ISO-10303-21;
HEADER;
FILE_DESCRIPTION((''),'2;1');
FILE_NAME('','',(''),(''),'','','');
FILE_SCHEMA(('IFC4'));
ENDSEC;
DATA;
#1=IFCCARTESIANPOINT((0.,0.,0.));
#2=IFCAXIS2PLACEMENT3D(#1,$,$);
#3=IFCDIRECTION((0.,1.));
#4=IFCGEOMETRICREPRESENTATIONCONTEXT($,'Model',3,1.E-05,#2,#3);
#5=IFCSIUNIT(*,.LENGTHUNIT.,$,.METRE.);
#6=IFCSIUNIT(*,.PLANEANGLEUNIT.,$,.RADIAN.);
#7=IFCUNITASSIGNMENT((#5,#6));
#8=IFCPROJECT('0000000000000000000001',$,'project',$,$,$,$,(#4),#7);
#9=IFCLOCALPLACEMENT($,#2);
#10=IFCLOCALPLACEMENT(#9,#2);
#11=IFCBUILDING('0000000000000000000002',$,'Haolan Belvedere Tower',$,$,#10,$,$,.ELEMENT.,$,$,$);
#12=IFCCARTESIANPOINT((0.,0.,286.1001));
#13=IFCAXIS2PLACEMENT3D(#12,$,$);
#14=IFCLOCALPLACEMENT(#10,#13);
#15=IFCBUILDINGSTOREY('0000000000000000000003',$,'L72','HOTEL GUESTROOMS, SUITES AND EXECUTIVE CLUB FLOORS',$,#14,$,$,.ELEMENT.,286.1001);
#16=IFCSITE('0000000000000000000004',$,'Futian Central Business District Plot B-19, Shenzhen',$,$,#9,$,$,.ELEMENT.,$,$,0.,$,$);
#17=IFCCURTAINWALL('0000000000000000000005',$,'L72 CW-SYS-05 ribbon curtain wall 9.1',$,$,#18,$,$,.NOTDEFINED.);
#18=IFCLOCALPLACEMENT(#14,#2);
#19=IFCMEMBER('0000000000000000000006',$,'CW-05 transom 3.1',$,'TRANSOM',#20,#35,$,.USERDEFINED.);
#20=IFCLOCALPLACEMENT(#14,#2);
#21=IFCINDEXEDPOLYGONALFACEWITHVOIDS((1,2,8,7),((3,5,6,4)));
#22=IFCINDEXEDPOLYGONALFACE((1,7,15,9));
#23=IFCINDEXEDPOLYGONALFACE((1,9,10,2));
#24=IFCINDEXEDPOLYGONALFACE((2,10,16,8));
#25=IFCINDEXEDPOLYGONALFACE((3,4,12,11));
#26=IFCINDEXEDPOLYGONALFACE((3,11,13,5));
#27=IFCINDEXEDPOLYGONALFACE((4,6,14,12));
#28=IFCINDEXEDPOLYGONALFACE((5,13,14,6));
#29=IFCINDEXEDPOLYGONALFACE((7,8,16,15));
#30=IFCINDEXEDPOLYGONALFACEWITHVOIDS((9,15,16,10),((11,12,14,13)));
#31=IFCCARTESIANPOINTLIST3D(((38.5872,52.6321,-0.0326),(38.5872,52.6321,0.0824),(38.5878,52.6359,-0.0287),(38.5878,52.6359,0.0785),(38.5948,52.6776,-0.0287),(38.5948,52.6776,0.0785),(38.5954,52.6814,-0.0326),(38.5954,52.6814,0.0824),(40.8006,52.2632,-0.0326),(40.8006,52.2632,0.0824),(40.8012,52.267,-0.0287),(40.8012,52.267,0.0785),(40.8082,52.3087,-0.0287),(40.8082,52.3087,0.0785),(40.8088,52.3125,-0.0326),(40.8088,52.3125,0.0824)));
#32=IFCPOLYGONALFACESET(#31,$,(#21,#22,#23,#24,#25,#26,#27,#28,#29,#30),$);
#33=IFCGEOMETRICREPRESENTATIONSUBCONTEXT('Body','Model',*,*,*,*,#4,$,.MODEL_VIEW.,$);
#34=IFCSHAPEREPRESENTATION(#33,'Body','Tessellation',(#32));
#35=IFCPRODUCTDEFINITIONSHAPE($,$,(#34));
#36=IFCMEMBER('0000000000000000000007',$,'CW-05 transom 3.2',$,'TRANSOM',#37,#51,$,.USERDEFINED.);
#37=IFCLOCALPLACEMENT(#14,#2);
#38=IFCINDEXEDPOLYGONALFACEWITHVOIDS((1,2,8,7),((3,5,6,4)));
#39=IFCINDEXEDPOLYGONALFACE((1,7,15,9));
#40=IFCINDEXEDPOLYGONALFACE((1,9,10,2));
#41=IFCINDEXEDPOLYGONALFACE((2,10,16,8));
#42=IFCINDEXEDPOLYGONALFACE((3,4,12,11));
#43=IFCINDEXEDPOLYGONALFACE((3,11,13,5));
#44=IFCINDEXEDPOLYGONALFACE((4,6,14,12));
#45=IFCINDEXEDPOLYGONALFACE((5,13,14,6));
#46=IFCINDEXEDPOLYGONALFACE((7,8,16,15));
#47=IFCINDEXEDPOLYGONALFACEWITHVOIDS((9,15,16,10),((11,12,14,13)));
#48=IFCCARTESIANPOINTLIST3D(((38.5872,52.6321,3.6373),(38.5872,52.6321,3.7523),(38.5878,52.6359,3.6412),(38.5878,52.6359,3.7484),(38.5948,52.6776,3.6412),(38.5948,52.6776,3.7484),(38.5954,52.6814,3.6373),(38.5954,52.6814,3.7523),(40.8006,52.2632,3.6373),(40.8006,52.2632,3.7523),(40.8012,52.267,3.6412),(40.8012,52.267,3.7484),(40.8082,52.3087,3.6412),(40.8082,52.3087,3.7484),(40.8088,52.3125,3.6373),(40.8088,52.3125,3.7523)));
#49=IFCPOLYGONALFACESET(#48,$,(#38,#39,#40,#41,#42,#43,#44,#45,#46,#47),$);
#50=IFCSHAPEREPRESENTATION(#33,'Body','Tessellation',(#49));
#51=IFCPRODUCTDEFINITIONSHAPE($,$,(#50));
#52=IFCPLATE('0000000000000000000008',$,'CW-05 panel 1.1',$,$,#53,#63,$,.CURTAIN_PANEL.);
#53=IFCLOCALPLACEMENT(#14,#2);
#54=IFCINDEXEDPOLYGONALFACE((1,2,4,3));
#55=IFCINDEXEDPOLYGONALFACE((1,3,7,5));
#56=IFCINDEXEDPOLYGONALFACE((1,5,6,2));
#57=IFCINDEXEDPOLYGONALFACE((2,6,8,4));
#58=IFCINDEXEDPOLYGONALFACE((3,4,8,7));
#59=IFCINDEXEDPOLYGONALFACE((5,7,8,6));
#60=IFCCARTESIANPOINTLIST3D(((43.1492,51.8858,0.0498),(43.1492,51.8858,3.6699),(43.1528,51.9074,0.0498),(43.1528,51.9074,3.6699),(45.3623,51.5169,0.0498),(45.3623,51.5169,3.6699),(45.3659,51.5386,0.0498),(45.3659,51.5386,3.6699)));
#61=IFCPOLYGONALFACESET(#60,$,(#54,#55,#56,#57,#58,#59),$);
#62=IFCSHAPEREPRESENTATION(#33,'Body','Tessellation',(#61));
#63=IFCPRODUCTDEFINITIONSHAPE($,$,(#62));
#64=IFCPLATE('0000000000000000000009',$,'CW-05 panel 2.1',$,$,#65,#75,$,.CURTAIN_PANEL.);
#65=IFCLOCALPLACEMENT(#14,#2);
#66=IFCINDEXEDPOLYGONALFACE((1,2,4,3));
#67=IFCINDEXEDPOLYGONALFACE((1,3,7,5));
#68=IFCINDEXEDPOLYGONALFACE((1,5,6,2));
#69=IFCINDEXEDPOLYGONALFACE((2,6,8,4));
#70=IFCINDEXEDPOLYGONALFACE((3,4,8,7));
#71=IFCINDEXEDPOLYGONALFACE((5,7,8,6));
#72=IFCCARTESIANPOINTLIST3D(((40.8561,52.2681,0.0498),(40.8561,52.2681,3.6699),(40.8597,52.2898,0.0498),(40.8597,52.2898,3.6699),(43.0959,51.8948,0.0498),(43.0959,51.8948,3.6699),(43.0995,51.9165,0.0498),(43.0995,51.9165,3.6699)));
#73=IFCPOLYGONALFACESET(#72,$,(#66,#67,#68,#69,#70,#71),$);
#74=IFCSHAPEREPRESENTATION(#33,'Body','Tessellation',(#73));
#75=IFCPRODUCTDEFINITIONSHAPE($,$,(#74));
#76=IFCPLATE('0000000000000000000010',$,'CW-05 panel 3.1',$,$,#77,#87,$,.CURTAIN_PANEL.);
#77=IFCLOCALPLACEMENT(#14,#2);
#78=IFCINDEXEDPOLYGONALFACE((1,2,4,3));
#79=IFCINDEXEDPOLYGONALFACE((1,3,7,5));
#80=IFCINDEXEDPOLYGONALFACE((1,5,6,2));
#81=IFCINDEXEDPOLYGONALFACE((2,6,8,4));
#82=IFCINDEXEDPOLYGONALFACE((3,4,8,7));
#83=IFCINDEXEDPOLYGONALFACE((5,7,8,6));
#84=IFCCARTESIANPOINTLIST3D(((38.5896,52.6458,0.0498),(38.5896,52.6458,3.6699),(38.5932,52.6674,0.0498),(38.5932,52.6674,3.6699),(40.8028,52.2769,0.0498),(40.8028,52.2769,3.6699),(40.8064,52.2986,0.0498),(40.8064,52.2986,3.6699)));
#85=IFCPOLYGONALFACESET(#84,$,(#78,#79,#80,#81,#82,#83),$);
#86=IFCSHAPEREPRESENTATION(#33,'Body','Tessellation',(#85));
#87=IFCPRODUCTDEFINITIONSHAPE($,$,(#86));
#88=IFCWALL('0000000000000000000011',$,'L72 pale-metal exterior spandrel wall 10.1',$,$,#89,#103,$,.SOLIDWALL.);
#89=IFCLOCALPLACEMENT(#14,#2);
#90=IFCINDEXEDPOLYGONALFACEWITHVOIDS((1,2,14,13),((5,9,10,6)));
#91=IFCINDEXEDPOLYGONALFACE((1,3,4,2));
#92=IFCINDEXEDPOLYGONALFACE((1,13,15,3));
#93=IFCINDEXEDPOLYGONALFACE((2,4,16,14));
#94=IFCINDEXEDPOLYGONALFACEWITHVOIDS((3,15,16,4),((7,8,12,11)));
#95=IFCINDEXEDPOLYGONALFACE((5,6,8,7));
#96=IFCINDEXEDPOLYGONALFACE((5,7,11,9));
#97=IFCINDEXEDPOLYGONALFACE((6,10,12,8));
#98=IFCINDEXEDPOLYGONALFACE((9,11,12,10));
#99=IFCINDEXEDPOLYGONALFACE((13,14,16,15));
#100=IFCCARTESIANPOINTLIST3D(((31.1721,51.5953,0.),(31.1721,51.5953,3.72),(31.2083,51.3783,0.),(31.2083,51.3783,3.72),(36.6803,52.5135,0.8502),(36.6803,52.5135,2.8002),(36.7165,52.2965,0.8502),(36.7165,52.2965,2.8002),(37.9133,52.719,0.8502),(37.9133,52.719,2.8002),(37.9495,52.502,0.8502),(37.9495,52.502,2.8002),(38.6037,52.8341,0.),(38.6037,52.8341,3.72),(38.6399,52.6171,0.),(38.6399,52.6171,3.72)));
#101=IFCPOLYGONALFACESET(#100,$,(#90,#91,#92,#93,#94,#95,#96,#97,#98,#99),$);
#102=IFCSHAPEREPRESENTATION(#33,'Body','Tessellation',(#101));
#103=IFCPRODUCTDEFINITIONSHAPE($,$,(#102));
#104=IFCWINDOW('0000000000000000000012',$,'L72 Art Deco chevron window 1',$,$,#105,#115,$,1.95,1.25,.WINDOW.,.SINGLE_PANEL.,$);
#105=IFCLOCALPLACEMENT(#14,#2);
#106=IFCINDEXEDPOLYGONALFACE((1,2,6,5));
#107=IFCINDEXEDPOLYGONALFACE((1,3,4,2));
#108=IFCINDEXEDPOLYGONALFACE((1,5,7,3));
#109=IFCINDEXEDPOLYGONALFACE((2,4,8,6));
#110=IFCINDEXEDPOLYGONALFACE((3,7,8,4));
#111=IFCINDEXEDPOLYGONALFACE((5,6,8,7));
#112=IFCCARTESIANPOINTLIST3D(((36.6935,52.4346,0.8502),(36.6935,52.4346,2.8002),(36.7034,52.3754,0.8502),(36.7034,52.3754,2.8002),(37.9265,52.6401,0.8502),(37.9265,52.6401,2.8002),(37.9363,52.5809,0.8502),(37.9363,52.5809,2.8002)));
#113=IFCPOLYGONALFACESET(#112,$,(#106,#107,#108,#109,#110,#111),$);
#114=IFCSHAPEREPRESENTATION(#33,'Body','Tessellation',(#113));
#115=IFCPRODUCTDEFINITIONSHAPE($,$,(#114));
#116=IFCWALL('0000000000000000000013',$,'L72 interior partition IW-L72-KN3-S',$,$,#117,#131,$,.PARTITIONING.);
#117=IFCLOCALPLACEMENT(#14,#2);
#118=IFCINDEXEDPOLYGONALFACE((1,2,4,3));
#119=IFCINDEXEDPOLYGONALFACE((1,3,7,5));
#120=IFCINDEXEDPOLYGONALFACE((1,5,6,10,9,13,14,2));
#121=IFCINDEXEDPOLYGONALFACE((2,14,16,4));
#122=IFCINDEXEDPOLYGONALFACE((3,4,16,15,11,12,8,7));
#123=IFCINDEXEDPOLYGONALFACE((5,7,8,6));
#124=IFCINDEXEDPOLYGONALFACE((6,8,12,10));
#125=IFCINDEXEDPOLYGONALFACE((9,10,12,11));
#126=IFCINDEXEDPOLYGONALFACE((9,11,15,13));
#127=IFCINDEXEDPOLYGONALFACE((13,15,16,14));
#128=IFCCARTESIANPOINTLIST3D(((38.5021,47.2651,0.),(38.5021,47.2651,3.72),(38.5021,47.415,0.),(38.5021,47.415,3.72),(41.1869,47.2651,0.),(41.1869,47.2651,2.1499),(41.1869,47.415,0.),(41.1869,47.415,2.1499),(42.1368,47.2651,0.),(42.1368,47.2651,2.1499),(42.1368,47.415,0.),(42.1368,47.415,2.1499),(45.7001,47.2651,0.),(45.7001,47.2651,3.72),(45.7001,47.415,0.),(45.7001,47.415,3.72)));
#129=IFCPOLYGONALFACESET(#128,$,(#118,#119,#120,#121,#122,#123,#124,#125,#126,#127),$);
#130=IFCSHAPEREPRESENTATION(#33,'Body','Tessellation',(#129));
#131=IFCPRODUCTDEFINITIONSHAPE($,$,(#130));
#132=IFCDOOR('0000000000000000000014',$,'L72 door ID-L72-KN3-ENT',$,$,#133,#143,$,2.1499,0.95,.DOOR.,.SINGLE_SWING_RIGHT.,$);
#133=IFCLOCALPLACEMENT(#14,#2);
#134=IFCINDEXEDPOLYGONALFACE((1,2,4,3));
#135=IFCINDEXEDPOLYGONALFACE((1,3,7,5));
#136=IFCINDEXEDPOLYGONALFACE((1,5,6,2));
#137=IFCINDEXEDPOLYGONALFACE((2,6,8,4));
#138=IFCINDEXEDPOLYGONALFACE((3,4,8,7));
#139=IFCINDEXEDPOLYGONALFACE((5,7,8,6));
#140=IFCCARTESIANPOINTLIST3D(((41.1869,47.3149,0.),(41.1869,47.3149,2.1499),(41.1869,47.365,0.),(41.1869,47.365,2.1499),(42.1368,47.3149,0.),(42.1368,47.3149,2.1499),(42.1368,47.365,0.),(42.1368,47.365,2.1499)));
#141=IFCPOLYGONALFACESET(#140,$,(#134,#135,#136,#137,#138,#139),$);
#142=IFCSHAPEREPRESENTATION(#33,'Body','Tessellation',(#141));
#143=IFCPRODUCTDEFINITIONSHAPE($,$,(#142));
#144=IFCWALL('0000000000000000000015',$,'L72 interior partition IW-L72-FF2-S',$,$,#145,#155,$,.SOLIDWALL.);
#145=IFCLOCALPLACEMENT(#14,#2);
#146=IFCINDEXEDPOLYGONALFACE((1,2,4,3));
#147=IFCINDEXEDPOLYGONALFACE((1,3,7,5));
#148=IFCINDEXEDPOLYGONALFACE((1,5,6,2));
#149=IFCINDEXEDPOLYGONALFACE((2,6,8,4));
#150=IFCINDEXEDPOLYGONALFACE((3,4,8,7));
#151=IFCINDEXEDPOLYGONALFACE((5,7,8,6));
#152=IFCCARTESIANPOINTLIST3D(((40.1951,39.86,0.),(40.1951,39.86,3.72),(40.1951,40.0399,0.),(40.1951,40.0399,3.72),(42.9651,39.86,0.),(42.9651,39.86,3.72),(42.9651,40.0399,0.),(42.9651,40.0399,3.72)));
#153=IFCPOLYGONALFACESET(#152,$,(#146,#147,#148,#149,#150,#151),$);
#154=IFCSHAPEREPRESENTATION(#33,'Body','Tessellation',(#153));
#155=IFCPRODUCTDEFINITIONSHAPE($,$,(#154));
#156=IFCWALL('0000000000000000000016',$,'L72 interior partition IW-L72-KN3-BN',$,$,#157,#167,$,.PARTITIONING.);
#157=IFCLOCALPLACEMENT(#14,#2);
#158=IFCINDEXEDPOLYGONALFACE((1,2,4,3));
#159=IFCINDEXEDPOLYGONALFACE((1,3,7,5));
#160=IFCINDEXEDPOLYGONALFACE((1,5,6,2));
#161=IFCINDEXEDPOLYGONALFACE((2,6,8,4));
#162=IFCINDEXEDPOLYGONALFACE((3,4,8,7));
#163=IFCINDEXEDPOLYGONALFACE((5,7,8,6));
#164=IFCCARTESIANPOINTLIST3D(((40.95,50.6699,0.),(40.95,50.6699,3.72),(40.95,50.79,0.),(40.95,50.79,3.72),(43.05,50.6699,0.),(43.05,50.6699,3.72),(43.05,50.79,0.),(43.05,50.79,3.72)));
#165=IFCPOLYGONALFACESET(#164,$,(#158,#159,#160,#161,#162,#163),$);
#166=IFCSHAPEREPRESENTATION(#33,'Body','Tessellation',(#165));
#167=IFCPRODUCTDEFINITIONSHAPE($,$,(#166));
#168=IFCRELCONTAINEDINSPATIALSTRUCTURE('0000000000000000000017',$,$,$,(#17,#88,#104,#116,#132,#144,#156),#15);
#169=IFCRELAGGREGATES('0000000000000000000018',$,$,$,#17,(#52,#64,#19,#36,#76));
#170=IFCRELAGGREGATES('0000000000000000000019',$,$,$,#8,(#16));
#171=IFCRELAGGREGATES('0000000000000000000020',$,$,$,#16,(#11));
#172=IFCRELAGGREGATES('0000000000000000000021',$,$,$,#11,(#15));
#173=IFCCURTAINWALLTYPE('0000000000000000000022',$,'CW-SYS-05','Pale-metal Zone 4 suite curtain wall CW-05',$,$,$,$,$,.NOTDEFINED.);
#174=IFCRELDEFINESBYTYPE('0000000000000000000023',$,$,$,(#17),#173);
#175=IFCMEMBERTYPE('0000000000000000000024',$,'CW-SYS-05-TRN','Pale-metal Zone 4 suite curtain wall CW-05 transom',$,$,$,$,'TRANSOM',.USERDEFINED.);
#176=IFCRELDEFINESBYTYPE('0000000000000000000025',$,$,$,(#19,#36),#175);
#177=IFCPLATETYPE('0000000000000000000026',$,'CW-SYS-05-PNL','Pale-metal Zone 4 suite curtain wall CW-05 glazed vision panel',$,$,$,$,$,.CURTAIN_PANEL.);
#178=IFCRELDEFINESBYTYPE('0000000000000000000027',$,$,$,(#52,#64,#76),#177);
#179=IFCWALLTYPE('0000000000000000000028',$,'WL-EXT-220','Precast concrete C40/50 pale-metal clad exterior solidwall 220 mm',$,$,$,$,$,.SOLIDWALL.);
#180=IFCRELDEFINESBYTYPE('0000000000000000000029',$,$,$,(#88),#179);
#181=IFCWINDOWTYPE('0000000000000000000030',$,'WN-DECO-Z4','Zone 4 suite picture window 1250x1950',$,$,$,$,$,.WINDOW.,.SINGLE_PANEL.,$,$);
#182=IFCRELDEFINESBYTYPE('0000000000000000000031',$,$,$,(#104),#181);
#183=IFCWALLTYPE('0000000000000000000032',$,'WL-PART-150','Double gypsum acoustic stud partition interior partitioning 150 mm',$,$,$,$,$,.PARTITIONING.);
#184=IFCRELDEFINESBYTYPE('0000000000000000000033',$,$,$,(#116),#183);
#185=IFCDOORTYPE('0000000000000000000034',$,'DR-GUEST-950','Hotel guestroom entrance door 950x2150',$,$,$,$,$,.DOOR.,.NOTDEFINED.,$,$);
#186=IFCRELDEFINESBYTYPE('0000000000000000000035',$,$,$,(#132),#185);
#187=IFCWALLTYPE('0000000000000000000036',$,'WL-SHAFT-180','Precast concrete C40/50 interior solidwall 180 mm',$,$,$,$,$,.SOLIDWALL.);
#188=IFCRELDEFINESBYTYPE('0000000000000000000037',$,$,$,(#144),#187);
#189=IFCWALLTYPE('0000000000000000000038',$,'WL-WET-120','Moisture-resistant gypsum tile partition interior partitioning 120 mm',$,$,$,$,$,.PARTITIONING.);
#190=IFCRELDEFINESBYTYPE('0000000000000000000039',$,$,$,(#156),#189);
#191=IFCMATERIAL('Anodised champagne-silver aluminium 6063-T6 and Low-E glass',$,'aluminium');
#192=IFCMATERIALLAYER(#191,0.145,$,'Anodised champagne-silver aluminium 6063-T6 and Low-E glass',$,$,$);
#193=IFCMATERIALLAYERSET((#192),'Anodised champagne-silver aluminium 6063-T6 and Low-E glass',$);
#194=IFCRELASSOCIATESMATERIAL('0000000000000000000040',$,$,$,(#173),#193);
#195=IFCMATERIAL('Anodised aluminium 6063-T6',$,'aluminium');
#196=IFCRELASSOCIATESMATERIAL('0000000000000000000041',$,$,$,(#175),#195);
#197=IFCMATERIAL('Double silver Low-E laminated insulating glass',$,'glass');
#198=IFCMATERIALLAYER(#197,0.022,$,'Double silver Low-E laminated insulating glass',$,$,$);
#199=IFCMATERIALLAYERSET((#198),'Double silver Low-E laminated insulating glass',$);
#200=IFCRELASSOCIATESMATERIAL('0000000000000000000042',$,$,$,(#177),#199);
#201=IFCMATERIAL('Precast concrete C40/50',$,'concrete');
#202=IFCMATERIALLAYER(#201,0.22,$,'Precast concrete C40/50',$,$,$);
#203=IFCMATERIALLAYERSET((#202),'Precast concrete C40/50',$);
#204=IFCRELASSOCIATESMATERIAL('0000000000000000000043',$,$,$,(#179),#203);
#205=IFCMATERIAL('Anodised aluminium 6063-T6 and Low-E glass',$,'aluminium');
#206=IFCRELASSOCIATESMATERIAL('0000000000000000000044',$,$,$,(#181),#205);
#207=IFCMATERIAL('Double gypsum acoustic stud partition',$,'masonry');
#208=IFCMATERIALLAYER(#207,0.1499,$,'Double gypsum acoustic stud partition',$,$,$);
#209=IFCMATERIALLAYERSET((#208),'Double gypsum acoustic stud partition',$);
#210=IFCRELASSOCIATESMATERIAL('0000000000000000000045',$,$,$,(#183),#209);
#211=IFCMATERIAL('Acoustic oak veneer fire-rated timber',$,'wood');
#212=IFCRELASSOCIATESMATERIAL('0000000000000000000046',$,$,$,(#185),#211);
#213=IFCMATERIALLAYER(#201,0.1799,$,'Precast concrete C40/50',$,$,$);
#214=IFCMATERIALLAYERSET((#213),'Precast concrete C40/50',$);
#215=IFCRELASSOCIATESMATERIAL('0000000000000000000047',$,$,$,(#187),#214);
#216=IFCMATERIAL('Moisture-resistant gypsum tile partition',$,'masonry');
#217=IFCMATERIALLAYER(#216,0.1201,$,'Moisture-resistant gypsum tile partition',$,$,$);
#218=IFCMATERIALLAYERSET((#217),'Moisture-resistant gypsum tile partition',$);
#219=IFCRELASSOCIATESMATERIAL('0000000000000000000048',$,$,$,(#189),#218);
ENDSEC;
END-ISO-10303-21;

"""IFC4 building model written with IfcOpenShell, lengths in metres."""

from ifc_helpers import new_model, si_unit, direction, frame, frame_2d, origin, origin_2d, place, context, subcontext, project, spatial, rectangle, hollow_rectangle, extrude, material, layer, layer_set, material_profile, profile_set, type_object, element, fill, aggregate, save


model = new_model("IFC4")

# Units and contexts
model_context = context("Model", 3, precision=1e-05, world=origin(), true_north=direction((0.0, 1.0)))
body_context = subcontext(model_context, "Body", "Model", "MODEL_VIEW")
ifc_project = project(units=[si_unit("LENGTHUNIT", "METRE"), si_unit("PLANEANGLEUNIT", "RADIAN")], contexts=[model_context])

# Site, building, storey
site_placement = place(None, origin())
site = spatial("IfcSite", under=ifc_project, at=site_placement, Name="Futian Central Business District Plot B-19, Shenzhen", CompositionType="ELEMENT", RefElevation=0.0)
building_placement = place(site_placement, origin())
building = spatial("IfcBuilding", under=site, at=building_placement, Name="Haolan Belvedere Tower", CompositionType="ELEMENT")
storey_placement = place(building_placement, frame((0.0, 0.0, 286.1001)))
storey = spatial("IfcBuildingStorey", under=building, at=storey_placement, Name="L72", Description="HOTEL GUESTROOMS, SUITES AND EXECUTIVE CLUB FLOORS", CompositionType="ELEMENT", Elevation=286.1001)

# Curtain wall, members, plates
ifc_material_1 = material(Name="Anodised champagne-silver aluminium 6063-T6 and Low-E glass", Category="aluminium")
ifc_layer_1 = layer(ifc_material_1, 0.145, Name="Anodised champagne-silver aluminium 6063-T6 and Low-E glass")
ifc_layer_set_1 = layer_set([ifc_layer_1], Name="Anodised champagne-silver aluminium 6063-T6 and Low-E glass")
curtain_wall_type = type_object("IfcCurtainWallType", Name="CW-SYS-05", Description="Pale-metal Zone 4 suite curtain wall CW-05", PredefinedType="NOTDEFINED", material=ifc_layer_set_1)
curtain_wall_placement = place(storey_placement, origin())
curtain_wall = element("IfcCurtainWall", 1, at=curtain_wall_placement, inside=storey, type_object=curtain_wall_type, Name="L72 CW-SYS-05 ribbon curtain wall 9.1", PredefinedType="NOTDEFINED")
ifc_material_2 = material(Name="Anodised aluminium 6063-T6", Category="aluminium")
ifc_material_profile_1 = material_profile(ifc_material_2, hollow_rectangle(XDim=0.05, YDim=0.115, WallThickness=0.0039, at=origin_2d()), Name="Anodised aluminium 6063-T6")
ifc_profile_set_1 = profile_set([ifc_material_profile_1], Name="Anodised aluminium 6063-T6")
member_type_1 = type_object("IfcMemberType", Name="CW-SYS-05-TRN", Description="Pale-metal Zone 4 suite curtain wall CW-05 transom", ElementType="TRANSOM", PredefinedType="USERDEFINED", material=ifc_profile_set_1)
member_1_placement = place(storey_placement, frame((40.8047, 52.2878, 0.0249), z_axis=(-0.986394, 0.164399, 0.0), x_axis=(-0.164399, -0.986394, 0.0)))
member_1 = element("IfcMember", 2, at=member_1_placement, type_object=member_type_1, Name="CW-05 transom 3.1", ObjectType="TRANSOM", PredefinedType="USERDEFINED", context=body_context, shape_type="SweptSolid", body=[
    extrude(hollow_rectangle(XDim=0.05, YDim=0.115, WallThickness=0.0039, at=origin_2d()), origin(), (0.0, 0.0, 1.0), 2.2439),
])
member_2_placement = place(storey_placement, frame((40.8047, 52.2878, 3.6948), z_axis=(-0.986394, 0.164399, 0.0), x_axis=(-0.164399, -0.986394, 0.0)))
member_2 = element("IfcMember", 3, at=member_2_placement, type_object=member_type_1, Name="CW-05 transom 3.2", ObjectType="TRANSOM", PredefinedType="USERDEFINED", context=body_context, shape_type="SweptSolid", body=[
    extrude(hollow_rectangle(XDim=0.05, YDim=0.115, WallThickness=0.0039, at=origin_2d()), origin(), (0.0, 0.0, 1.0), 2.2439),
])
ifc_material_3 = material(Name="Double silver Low-E laminated insulating glass", Category="glass")
ifc_layer_2 = layer(ifc_material_3, 0.022, Name="Double silver Low-E laminated insulating glass")
ifc_layer_set_2 = layer_set([ifc_layer_2], Name="Double silver Low-E laminated insulating glass")
plate_type = type_object("IfcPlateType", Name="CW-SYS-05-PNL", Description="Pale-metal Zone 4 suite curtain wall CW-05 glazed vision panel", PredefinedType="CURTAIN_PANEL", material=ifc_layer_set_2)
plate_1_placement = place(storey_placement, frame((44.2576, 51.7122, 0.0498), z_axis=(0.0, 0.0, 1.0), x_axis=(-0.986393, 0.164406, 0.0)))
plate_1 = element("IfcPlate", 4, at=plate_1_placement, type_object=plate_type, Name="CW-05 panel 1.1", PredefinedType="CURTAIN_PANEL", context=body_context, shape_type="SweptSolid", body=[
    extrude(rectangle(XDim=2.2437, YDim=0.022, at=origin_2d()), origin(), (0.0, 0.0, 1.0), 3.6201),
])
plate_2_placement = place(storey_placement, frame((41.9778, 52.0923, 0.0498), z_axis=(0.0, 0.0, 1.0), x_axis=(-0.986393, 0.164406, 0.0)))
plate_2 = element("IfcPlate", 5, at=plate_2_placement, type_object=plate_type, Name="CW-05 panel 2.1", PredefinedType="CURTAIN_PANEL", context=body_context, shape_type="SweptSolid", body=[
    extrude(rectangle(XDim=2.2708, YDim=0.022, at=origin_2d()), origin(), (0.0, 0.0, 1.0), 3.6201),
])
plate_3_placement = place(storey_placement, frame((39.698, 52.4722, 0.0498), z_axis=(0.0, 0.0, 1.0), x_axis=(-0.986393, 0.164406, 0.0)))
plate_3 = element("IfcPlate", 6, at=plate_3_placement, type_object=plate_type, Name="CW-05 panel 3.1", PredefinedType="CURTAIN_PANEL", context=body_context, shape_type="SweptSolid", body=[
    extrude(rectangle(XDim=2.2437, YDim=0.022, at=origin_2d()), origin(), (0.0, 0.0, 1.0), 3.6201),
])
aggregate(curtain_wall, [plate_1, plate_2, member_1, member_2, plate_3])

# Wall, opening, window
ifc_material_4 = material(Name="Precast concrete C40/50", Category="concrete")
ifc_layer_3 = layer(ifc_material_4, 0.22, Name="Precast concrete C40/50")
ifc_layer_set_3 = layer_set([ifc_layer_3], Name="Precast concrete C40/50")
wall_type_1 = type_object("IfcWallType", Name="WL-EXT-220", Description="Precast concrete C40/50 pale-metal clad exterior solidwall 220 mm", PredefinedType="SOLIDWALL", material=ifc_layer_set_3)
wall_1_placement = place(storey_placement, frame((38.6218, 52.7256, 0.0), z_axis=(0.0, 0.0, 1.0), x_axis=(-0.98639, -0.16442, 0.0)))
wall_1 = element("IfcWall", 7, at=wall_1_placement, inside=storey, type_object=wall_type_1, Name="L72 pale-metal exterior spandrel wall 10.1", PredefinedType="SOLIDWALL", context=body_context, shape_type="SweptSolid", body=[
    extrude(rectangle(XDim=7.5342, YDim=0.22, at=frame_2d((3.7671, 0.0))), origin(), (0.0, 0.0, 1.0), 3.72),
])
opening_1_placement = place(wall_1_placement, frame((0.7, 0.0, 0.8501)))
opening_1 = element("IfcOpeningElement", 8, at=opening_1_placement, cuts=wall_1, PredefinedType="OPENING", context=body_context, shape_type="SweptSolid", body=[
    extrude(rectangle(XDim=1.25, YDim=1.95, at=frame_2d((0.625, 0.9751))), frame((0.0, 0.1199, 0.0), z_axis=(0.0, -1.0, 0.0), x_axis=(1.0, 0.0, 0.0)), (0.0, 0.0, 1.0), 0.24),
])
ifc_material_5 = material(Name="Anodised aluminium 6063-T6 and Low-E glass", Category="aluminium")
window_type = type_object("IfcWindowType", Name="WN-DECO-Z4", Description="Zone 4 suite picture window 1250x1950", PartitioningType="SINGLE_PANEL", PredefinedType="WINDOW", material=ifc_material_5)
window_placement = place(opening_1_placement, origin())
window = element("IfcWindow", 9, at=window_placement, inside=storey, type_object=window_type, Name="L72 Art Deco chevron window 1", OverallHeight=1.95, OverallWidth=1.25, PartitioningType="SINGLE_PANEL", PredefinedType="WINDOW", context=body_context, shape_type="SweptSolid", body=[
    extrude(rectangle(XDim=1.25, YDim=1.95, at=frame_2d((0.625, 0.9751))), frame((0.0, 0.03, 0.0), z_axis=(0.0, -1.0, 0.0), x_axis=(1.0, 0.0, 0.0)), (0.0, 0.0, 1.0), 0.0601),
])
fill(opening_1, window)

# Wall, opening, door
ifc_material_6 = material(Name="Double gypsum acoustic stud partition", Category="masonry")
ifc_layer_4 = layer(ifc_material_6, 0.1499, Name="Double gypsum acoustic stud partition")
ifc_layer_set_4 = layer_set([ifc_layer_4], Name="Double gypsum acoustic stud partition")
wall_type_2 = type_object("IfcWallType", Name="WL-PART-150", Description="Double gypsum acoustic stud partition interior partitioning 150 mm", PredefinedType="PARTITIONING", material=ifc_layer_set_4)
wall_2_placement = place(storey_placement, frame((38.502, 47.3401, 0.0), z_axis=(0.0, 0.0, 1.0), x_axis=(1.0, 0.0, 0.0)))
wall_2 = element("IfcWall", 10, at=wall_2_placement, inside=storey, type_object=wall_type_2, Name="L72 interior partition IW-L72-KN3-S", PredefinedType="PARTITIONING", context=body_context, shape_type="SweptSolid", body=[
    extrude(rectangle(XDim=7.198, YDim=0.1499, at=frame_2d((3.5991, 0.0))), origin(), (0.0, 0.0, 1.0), 3.72),
])
opening_2_placement = place(wall_2_placement, frame((2.6848, 0.0, 0.0)))
opening_2 = element("IfcOpeningElement", 11, at=opening_2_placement, cuts=wall_2, PredefinedType="OPENING", context=body_context, shape_type="SweptSolid", body=[
    extrude(rectangle(XDim=0.95, YDim=2.1499, at=frame_2d((0.4751, 1.075))), frame((0.0, 0.085, 0.0), z_axis=(0.0, -1.0, 0.0), x_axis=(1.0, 0.0, 0.0)), (0.0, 0.0, 1.0), 0.1699),
])
ifc_material_7 = material(Name="Acoustic oak veneer fire-rated timber", Category="wood")
door_type_1 = type_object("IfcDoorType", Name="DR-GUEST-950", Description="Hotel guestroom entrance door 950x2150", OperationType="NOTDEFINED", PredefinedType="DOOR", material=ifc_material_7)
door_1_placement = place(opening_2_placement, origin())
door_1 = element("IfcDoor", 12, at=door_1_placement, inside=storey, type_object=door_type_1, Name="L72 door ID-L72-KN3-ENT", OperationType="SINGLE_SWING_RIGHT", OverallHeight=2.1499, OverallWidth=0.95, PredefinedType="DOOR", context=body_context, shape_type="SweptSolid", body=[
    extrude(rectangle(XDim=0.95, YDim=2.1499, at=frame_2d((0.4751, 1.075))), frame((0.0, 0.0249, 0.0), z_axis=(0.0, -1.0, 0.0), x_axis=(1.0, 0.0, 0.0)), (0.0, 0.0, 1.0), 0.05),
])
fill(opening_2, door_1)

# Walls
ifc_layer_5 = layer(ifc_material_4, 0.1799, Name="Precast concrete C40/50")
ifc_layer_set_5 = layer_set([ifc_layer_5], Name="Precast concrete C40/50")
wall_type_3 = type_object("IfcWallType", Name="WL-SHAFT-180", Description="Precast concrete C40/50 interior solidwall 180 mm", PredefinedType="SOLIDWALL", material=ifc_layer_set_5)
wall_3_placement = place(storey_placement, frame((40.1951, 39.95, 0.0), z_axis=(0.0, 0.0, 1.0), x_axis=(1.0, 0.0, 0.0)))
element("IfcWall", 13, at=wall_3_placement, inside=storey, type_object=wall_type_3, Name="L72 interior partition IW-L72-FF2-S", PredefinedType="SOLIDWALL", context=body_context, shape_type="SweptSolid", body=[
    extrude(rectangle(XDim=2.77, YDim=0.1799, at=frame_2d((1.385, 0.0))), origin(), (0.0, 0.0, 1.0), 3.72),
])
ifc_material_8 = material(Name="Moisture-resistant gypsum tile partition", Category="masonry")
ifc_layer_6 = layer(ifc_material_8, 0.1201, Name="Moisture-resistant gypsum tile partition")
ifc_layer_set_6 = layer_set([ifc_layer_6], Name="Moisture-resistant gypsum tile partition")
wall_type_4 = type_object("IfcWallType", Name="WL-WET-120", Description="Moisture-resistant gypsum tile partition interior partitioning 120 mm", PredefinedType="PARTITIONING", material=ifc_layer_set_6)
wall_4_placement = place(storey_placement, frame((40.95, 50.73, 0.0), z_axis=(0.0, 0.0, 1.0), x_axis=(1.0, 0.0, 0.0)))
element("IfcWall", 14, at=wall_4_placement, inside=storey, type_object=wall_type_4, Name="L72 interior partition IW-L72-KN3-BN", PredefinedType="PARTITIONING", context=body_context, shape_type="SweptSolid", body=[
    extrude(rectangle(XDim=2.1001, YDim=0.1201, at=frame_2d((1.05, 0.0))), origin(), (0.0, 0.0, 1.0), 3.72),
])

save(model, "model.ifc")
